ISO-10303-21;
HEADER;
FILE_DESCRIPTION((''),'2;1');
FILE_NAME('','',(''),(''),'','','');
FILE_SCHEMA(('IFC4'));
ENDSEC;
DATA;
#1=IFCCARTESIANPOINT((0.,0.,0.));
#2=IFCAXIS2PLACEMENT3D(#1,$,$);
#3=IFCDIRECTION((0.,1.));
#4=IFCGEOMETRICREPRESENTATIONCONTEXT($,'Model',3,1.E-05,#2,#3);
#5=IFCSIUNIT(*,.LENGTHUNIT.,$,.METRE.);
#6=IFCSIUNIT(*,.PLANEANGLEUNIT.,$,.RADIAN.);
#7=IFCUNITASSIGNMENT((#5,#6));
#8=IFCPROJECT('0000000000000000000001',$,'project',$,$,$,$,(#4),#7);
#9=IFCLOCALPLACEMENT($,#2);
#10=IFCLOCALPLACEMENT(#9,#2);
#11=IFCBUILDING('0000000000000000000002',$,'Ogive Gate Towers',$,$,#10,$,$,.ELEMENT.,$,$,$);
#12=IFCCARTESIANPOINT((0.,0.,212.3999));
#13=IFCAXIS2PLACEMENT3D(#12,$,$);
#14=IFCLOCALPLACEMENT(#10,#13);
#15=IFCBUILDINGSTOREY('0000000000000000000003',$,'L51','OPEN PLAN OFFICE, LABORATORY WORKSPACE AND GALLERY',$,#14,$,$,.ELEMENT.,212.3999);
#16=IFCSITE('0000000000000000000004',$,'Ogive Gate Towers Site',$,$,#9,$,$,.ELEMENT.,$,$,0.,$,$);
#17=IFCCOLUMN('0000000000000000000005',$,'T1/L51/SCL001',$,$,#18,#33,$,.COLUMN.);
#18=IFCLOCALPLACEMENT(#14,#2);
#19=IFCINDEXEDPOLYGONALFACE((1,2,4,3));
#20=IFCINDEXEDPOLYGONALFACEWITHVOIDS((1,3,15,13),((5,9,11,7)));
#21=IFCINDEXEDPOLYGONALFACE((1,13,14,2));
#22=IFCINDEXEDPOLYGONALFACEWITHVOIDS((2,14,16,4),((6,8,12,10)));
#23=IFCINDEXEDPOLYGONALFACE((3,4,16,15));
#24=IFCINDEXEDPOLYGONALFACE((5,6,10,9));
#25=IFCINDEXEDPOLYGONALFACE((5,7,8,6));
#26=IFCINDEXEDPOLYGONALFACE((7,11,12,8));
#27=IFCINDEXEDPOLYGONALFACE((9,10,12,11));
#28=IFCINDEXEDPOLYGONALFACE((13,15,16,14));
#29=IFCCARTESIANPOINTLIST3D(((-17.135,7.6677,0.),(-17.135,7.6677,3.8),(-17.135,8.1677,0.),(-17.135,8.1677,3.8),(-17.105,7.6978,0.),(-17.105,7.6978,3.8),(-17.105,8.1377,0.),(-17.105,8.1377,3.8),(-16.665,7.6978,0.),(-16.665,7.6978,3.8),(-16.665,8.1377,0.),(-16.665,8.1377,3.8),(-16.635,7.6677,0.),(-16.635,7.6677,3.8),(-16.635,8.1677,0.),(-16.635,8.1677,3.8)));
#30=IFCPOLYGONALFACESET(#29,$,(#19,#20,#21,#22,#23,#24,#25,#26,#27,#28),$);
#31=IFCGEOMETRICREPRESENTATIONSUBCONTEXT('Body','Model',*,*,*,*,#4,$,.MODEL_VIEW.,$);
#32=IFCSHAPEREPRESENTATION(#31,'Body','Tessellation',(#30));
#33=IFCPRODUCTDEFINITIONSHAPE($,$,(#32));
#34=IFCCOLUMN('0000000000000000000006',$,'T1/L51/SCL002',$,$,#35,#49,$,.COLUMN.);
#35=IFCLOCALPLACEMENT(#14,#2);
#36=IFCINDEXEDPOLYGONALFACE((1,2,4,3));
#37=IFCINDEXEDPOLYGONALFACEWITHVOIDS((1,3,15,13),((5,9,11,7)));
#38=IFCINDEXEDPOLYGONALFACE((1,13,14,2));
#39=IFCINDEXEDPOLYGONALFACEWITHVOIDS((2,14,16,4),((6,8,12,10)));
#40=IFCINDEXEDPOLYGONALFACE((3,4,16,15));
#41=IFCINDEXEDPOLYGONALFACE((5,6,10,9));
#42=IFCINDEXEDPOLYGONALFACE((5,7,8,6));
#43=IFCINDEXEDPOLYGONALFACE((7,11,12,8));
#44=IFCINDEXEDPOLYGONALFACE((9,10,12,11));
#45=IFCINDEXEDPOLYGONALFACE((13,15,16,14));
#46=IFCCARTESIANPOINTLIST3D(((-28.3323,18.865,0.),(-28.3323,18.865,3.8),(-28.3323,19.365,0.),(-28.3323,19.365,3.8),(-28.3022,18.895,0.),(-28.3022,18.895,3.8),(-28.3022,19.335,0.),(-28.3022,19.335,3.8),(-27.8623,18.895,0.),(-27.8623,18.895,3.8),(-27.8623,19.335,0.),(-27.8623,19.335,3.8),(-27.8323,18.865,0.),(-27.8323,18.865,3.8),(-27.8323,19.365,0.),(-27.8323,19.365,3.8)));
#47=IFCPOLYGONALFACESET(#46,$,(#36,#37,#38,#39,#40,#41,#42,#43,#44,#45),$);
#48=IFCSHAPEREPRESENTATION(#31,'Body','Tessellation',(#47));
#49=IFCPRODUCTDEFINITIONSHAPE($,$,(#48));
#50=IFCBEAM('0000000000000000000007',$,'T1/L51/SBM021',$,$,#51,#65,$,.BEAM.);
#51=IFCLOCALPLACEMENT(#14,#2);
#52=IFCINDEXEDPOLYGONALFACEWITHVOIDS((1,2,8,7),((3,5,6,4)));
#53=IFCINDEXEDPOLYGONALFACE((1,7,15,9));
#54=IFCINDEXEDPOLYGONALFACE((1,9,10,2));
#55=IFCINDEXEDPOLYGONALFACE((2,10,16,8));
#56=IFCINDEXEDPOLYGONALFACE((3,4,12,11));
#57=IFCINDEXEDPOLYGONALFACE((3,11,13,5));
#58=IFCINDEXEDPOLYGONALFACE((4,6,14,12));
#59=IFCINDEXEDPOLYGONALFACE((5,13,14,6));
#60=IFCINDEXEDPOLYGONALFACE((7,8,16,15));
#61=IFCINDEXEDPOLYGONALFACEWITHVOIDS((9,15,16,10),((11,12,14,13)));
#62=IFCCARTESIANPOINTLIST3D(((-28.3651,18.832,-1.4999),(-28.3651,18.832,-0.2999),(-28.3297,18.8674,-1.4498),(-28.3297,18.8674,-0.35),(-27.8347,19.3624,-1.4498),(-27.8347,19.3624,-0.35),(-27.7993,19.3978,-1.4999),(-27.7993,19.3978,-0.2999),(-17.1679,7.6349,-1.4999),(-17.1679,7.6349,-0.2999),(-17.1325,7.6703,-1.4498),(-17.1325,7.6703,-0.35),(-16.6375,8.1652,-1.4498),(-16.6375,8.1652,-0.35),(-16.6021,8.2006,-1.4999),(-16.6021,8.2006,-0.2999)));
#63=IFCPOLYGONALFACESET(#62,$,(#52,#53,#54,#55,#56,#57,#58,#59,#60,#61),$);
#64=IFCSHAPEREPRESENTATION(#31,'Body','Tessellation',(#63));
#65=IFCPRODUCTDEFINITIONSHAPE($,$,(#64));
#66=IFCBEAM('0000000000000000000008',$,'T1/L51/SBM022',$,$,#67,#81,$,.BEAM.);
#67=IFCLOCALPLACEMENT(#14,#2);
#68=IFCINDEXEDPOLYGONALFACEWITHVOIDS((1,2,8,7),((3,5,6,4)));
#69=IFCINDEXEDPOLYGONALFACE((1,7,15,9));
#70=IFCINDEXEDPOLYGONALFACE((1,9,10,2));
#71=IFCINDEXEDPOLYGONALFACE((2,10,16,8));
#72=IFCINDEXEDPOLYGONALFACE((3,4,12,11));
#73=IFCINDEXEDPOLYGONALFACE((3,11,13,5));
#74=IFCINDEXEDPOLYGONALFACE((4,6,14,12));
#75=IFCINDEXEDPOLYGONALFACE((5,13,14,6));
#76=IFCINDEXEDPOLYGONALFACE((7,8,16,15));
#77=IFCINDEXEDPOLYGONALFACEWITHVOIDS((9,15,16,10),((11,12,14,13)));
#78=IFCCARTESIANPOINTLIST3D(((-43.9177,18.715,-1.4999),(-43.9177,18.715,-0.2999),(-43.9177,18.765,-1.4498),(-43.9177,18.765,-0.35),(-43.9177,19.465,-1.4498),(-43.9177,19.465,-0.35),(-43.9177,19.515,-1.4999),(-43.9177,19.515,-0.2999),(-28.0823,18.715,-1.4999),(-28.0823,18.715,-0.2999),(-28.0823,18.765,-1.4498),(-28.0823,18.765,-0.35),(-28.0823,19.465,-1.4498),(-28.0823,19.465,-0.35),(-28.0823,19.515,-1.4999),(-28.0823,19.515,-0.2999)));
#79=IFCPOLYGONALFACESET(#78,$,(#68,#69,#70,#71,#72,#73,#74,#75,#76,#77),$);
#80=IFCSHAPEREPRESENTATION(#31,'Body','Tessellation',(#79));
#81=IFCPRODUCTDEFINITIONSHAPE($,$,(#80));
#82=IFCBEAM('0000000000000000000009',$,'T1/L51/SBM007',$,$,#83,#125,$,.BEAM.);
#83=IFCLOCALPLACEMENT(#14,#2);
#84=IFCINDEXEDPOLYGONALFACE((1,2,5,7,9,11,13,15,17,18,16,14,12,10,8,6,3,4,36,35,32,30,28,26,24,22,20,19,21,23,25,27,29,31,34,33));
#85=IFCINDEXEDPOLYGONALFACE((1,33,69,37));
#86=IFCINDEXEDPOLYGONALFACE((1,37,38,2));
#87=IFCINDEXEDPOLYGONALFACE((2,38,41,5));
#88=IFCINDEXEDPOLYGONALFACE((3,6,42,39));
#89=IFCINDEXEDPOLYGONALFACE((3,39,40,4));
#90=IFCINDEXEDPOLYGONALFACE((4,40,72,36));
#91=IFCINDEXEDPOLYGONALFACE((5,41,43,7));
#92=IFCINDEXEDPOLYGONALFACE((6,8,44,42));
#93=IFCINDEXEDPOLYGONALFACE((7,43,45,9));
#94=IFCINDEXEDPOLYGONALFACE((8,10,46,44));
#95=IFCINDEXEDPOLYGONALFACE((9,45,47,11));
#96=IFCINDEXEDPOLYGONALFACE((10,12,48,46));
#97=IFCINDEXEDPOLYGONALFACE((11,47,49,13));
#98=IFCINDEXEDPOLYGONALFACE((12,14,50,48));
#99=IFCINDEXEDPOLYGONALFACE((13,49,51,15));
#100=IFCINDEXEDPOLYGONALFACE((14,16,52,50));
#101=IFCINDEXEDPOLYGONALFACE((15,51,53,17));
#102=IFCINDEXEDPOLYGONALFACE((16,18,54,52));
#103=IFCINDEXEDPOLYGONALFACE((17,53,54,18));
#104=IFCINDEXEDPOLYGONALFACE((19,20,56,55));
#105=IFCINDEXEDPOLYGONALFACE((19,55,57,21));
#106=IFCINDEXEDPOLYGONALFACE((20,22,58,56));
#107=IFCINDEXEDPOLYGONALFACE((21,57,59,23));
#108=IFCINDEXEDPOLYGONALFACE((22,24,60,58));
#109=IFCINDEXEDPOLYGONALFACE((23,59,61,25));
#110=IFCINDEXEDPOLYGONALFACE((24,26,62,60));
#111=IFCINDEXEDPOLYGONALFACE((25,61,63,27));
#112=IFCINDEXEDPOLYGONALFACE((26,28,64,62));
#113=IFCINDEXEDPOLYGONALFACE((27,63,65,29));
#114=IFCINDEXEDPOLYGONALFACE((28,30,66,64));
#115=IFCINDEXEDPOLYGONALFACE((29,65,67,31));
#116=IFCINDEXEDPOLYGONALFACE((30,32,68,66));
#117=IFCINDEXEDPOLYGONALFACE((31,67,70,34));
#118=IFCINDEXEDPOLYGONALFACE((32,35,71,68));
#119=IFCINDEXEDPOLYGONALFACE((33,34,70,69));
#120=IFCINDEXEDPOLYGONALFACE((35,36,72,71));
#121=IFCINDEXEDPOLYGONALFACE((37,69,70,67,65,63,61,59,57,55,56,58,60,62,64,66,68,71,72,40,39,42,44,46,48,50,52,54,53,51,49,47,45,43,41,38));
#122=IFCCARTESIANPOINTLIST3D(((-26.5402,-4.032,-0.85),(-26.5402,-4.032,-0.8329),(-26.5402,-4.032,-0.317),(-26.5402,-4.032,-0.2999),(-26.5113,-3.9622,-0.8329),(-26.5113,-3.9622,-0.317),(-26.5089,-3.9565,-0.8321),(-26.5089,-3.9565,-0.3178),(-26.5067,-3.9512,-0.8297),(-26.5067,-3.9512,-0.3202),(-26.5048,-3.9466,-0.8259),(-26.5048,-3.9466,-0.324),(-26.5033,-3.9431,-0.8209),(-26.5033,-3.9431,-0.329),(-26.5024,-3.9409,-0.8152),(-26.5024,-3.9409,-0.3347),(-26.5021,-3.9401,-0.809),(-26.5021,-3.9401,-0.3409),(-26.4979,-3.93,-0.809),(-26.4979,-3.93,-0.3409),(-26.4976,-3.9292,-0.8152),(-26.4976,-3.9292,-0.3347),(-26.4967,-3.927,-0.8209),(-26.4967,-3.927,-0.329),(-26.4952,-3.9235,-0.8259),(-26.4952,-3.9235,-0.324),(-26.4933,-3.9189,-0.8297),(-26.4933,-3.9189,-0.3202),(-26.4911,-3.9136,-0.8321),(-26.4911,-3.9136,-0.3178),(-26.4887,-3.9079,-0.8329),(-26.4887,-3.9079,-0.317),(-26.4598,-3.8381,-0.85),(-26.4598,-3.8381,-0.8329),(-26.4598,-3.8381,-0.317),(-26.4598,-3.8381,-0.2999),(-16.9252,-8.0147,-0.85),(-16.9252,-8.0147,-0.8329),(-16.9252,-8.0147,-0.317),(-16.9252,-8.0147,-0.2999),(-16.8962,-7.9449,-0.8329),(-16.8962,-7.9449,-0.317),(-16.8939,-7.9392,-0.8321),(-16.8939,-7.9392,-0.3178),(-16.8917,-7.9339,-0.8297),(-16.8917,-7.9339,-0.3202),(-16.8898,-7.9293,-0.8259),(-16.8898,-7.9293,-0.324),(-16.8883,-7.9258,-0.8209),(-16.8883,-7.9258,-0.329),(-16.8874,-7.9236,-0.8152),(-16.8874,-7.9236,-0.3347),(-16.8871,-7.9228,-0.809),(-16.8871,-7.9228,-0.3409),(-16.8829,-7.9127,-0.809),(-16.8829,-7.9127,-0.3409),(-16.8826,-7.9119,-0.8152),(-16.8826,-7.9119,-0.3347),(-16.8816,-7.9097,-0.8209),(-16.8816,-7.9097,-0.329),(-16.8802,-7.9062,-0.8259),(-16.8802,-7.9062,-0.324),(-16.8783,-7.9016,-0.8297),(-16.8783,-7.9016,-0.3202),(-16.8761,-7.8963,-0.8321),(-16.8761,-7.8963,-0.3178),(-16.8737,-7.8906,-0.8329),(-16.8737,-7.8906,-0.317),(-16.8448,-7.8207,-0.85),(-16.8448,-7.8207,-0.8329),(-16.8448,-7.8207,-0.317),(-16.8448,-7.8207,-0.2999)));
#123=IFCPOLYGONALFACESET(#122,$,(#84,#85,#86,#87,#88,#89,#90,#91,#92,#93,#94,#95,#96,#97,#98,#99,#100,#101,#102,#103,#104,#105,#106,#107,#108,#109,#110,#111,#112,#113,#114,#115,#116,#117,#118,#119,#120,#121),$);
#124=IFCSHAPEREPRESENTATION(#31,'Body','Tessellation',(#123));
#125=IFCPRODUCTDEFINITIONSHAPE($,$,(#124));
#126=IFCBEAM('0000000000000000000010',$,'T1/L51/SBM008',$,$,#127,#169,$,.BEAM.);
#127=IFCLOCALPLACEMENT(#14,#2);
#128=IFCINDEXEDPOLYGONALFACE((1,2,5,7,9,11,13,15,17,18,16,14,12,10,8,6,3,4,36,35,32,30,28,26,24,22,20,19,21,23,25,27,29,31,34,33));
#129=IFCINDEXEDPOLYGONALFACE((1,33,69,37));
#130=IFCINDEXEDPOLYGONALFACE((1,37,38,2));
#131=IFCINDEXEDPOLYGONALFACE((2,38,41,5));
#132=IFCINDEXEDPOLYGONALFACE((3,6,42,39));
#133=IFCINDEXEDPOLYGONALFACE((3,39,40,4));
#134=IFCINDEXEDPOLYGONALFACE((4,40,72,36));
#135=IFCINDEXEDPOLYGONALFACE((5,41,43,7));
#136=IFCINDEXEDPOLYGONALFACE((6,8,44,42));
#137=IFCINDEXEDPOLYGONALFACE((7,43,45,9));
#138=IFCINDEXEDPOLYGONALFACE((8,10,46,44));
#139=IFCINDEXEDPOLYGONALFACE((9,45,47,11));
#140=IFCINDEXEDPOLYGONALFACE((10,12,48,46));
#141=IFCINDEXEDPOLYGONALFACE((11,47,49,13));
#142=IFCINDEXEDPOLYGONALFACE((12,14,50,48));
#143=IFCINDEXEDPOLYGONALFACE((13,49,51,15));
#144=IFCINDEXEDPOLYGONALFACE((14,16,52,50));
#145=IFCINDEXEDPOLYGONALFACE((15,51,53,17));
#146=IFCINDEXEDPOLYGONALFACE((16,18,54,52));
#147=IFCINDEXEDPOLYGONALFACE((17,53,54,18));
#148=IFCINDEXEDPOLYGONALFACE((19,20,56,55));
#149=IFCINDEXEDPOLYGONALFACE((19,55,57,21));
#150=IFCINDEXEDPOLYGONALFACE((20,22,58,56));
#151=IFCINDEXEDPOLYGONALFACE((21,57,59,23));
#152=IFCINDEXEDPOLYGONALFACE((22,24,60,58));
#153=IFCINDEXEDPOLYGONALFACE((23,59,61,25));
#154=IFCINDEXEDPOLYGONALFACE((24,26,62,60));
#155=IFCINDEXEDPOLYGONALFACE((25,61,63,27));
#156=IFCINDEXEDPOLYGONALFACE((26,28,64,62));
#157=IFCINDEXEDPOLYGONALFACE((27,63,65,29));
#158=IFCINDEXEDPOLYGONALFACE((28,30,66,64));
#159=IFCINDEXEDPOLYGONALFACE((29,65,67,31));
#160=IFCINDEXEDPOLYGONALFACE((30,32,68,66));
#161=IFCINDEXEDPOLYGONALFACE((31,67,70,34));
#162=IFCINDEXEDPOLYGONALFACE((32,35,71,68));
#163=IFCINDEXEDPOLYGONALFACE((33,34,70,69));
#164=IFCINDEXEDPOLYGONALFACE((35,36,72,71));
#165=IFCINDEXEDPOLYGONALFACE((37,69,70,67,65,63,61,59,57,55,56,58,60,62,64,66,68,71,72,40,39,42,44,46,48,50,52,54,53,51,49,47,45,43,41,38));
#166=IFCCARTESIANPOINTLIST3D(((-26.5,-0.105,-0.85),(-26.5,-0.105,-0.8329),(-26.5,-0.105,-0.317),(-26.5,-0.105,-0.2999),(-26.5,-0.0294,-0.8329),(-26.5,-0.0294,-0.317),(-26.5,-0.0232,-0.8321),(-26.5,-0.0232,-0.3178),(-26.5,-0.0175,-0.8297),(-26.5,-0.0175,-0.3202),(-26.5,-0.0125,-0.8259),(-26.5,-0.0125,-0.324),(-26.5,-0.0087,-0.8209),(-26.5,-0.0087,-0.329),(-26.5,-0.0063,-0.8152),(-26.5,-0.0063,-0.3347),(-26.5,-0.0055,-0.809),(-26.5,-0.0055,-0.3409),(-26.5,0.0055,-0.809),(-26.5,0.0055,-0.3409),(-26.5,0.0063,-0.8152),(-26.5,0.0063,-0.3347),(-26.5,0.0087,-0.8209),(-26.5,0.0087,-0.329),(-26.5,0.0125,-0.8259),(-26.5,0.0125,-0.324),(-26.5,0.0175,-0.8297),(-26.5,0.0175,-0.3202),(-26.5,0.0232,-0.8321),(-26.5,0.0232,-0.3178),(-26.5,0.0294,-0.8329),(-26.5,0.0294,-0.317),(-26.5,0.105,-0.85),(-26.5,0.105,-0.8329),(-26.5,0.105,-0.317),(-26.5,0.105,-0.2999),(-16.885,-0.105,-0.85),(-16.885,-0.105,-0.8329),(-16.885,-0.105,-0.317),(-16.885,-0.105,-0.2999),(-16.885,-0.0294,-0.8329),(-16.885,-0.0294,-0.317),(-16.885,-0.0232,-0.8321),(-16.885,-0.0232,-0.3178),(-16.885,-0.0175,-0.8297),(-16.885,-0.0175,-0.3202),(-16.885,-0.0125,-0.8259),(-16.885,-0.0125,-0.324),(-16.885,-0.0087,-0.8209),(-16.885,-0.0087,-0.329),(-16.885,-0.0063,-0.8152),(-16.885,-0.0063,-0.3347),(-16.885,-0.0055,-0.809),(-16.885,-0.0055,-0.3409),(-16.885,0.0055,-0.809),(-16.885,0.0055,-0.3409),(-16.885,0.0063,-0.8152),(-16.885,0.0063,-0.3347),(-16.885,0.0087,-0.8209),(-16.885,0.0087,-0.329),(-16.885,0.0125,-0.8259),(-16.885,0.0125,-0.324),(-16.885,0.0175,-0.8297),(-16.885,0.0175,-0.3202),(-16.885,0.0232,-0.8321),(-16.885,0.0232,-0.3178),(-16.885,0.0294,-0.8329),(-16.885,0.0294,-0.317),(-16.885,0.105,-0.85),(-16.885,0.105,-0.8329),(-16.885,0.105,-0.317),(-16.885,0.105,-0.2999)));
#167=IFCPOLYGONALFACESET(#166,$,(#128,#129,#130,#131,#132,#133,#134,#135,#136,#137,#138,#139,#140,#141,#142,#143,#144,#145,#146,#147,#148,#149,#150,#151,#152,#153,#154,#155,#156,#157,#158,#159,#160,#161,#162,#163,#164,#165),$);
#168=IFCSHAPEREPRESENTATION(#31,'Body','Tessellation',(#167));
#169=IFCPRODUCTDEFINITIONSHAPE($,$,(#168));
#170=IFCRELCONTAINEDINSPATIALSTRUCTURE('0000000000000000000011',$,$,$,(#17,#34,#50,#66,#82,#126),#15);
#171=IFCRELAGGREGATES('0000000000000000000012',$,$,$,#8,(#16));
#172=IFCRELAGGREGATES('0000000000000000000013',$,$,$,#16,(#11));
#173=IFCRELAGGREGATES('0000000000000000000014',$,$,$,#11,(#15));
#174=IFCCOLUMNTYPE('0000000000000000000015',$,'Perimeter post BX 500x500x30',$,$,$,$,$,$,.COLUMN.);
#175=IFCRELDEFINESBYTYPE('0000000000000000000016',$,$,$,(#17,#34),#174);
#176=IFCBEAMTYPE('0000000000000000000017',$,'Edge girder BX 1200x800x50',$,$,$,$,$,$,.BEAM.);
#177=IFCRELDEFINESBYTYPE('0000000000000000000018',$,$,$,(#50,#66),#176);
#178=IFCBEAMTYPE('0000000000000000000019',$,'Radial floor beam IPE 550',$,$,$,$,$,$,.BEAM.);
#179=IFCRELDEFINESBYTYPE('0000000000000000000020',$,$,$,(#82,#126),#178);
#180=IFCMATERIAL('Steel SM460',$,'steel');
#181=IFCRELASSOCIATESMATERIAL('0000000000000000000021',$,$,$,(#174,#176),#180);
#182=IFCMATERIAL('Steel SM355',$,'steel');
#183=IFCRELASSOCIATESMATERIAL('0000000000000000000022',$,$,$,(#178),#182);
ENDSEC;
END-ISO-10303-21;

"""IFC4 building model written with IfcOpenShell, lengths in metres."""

from ifc_helpers import new_model, si_unit, direction, frame, origin, origin_2d, place, context, subcontext, project, spatial, hollow_rectangle, i_section, extrude, material, material_profile, profile_set, type_object, element, save


model = new_model("IFC4")

# Units and contexts
model_context = context("Model", 3, precision=1e-05, world=origin(), true_north=direction((0.0, 1.0)))
body_context = subcontext(model_context, "Body", "Model", "MODEL_VIEW")
ifc_project = project(units=[si_unit("LENGTHUNIT", "METRE"), si_unit("PLANEANGLEUNIT", "RADIAN")], contexts=[model_context])

# Site, building, storey
site_placement = place(None, origin())
site = spatial("IfcSite", under=ifc_project, at=site_placement, Name="Ogive Gate Towers Site", CompositionType="ELEMENT", RefElevation=0.0)
building_placement = place(site_placement, origin())
building = spatial("IfcBuilding", under=site, at=building_placement, Name="Ogive Gate Towers", CompositionType="ELEMENT")
storey_placement = place(building_placement, frame((0.0, 0.0, 212.3999)))
storey = spatial("IfcBuildingStorey", under=building, at=storey_placement, Name="L51", Description="OPEN PLAN OFFICE, LABORATORY WORKSPACE AND GALLERY", CompositionType="ELEMENT", Elevation=212.3999)

# Columns
ifc_material_1 = material(Name="Steel SM460", Category="steel")
ifc_material_profile_1 = material_profile(ifc_material_1, hollow_rectangle(XDim=0.5, YDim=0.5, WallThickness=0.03, at=origin_2d()), Name="BX 500x500x30")
ifc_profile_set_1 = profile_set([ifc_material_profile_1], Name="Steel SM460")
column_type = type_object("IfcColumnType", Name="Perimeter post BX 500x500x30", PredefinedType="COLUMN", material=ifc_profile_set_1)
for number, where, z_axis, x_axis, name in (
    (1, (-16.885, 7.9177, 0.0), (0.0, 0.0, 1.0), (1.0, 0.0, 0.0), "T1/L51/SCL001"),
    (2, (-28.0823, 19.115, 0.0), (0.0, 0.0, 1.0), (1.0, 0.0, 0.0), "T1/L51/SCL002"),
):
    element("IfcColumn", number, at=place(storey_placement, frame(where, z_axis=z_axis, x_axis=x_axis)), inside=storey, type_object=column_type, Name=name, PredefinedType="COLUMN", context=body_context, shape_type="SweptSolid", body=[
        extrude(hollow_rectangle(XDim=0.5, YDim=0.5, WallThickness=0.03, at=origin_2d()), origin(), (0.0, 0.0, 1.0), 3.8),
    ])

# Beams
ifc_material_profile_2 = material_profile(ifc_material_1, hollow_rectangle(XDim=0.8, YDim=1.2, WallThickness=0.05, at=origin_2d()), Name="BX 1200x800x50")
ifc_profile_set_2 = profile_set([ifc_material_profile_2], Name="Steel SM460")
beam_type_1 = type_object("IfcBeamType", Name="Edge girder BX 1200x800x50", PredefinedType="BEAM", material=ifc_profile_set_2)
beam_1_placement = place(storey_placement, frame((-16.885, 7.9177, -0.8999), z_axis=(-0.707107, 0.707107, 0.0), x_axis=(-0.707107, -0.707107, 0.0)))
element("IfcBeam", 3, at=beam_1_placement, inside=storey, type_object=beam_type_1, Name="T1/L51/SBM021", PredefinedType="BEAM", context=body_context, shape_type="SweptSolid", body=[
    extrude(hollow_rectangle(XDim=0.8, YDim=1.2, WallThickness=0.05, at=origin_2d()), origin(), (0.0, 0.0, 1.0), 15.8352),
])
beam_2_placement = place(storey_placement, frame((-28.0823, 19.115, -0.8999), z_axis=(-1.0, 0.0, 0.0), x_axis=(0.0, -1.0, 0.0)))
element("IfcBeam", 4, at=beam_2_placement, inside=storey, type_object=beam_type_1, Name="T1/L51/SBM022", PredefinedType="BEAM", context=body_context, shape_type="SweptSolid", body=[
    extrude(hollow_rectangle(XDim=0.8, YDim=1.2, WallThickness=0.05, at=origin_2d()), origin(), (0.0, 0.0, 1.0), 15.8354),
])
ifc_material_2 = material(Name="Steel SM355", Category="steel")
ifc_material_profile_3 = material_profile(ifc_material_2, i_section(OverallWidth=0.21, OverallDepth=0.55, WebThickness=0.011, FlangeThickness=0.0171, FilletRadius=0.0239, at=origin_2d()), Name="IPE 550")
ifc_profile_set_3 = profile_set([ifc_material_profile_3], Name="Steel SM355")
beam_type_2 = type_object("IfcBeamType", Name="Radial floor beam IPE 550", PredefinedType="BEAM", material=ifc_profile_set_3)
beam_3_placement = place(storey_placement, frame((-26.5, -3.9351, -0.575), z_axis=(0.923879, -0.382684, 0.0), x_axis=(0.382684, 0.923879, 0.0)))
element("IfcBeam", 5, at=beam_3_placement, inside=storey, type_object=beam_type_2, Name="T1/L51/SBM007", PredefinedType="BEAM", context=body_context, shape_type="SweptSolid", body=[
    extrude(i_section(OverallWidth=0.21, OverallDepth=0.55, WebThickness=0.011, FlangeThickness=0.0171, FilletRadius=0.0239, at=origin_2d()), origin(), (0.0, 0.0, 1.0), 10.4072),
])
beam_4_placement = place(storey_placement, frame((-26.5, 0.0, -0.575), z_axis=(1.0, 0.0, 0.0), x_axis=(0.0, 1.0, 0.0)))
element("IfcBeam", 6, at=beam_4_placement, inside=storey, type_object=beam_type_2, Name="T1/L51/SBM008", PredefinedType="BEAM", context=body_context, shape_type="SweptSolid", body=[
    extrude(i_section(OverallWidth=0.21, OverallDepth=0.55, WebThickness=0.011, FlangeThickness=0.0171, FilletRadius=0.0239, at=origin_2d()), origin(), (0.0, 0.0, 1.0), 9.615),
])

save(model, "model.ifc")
